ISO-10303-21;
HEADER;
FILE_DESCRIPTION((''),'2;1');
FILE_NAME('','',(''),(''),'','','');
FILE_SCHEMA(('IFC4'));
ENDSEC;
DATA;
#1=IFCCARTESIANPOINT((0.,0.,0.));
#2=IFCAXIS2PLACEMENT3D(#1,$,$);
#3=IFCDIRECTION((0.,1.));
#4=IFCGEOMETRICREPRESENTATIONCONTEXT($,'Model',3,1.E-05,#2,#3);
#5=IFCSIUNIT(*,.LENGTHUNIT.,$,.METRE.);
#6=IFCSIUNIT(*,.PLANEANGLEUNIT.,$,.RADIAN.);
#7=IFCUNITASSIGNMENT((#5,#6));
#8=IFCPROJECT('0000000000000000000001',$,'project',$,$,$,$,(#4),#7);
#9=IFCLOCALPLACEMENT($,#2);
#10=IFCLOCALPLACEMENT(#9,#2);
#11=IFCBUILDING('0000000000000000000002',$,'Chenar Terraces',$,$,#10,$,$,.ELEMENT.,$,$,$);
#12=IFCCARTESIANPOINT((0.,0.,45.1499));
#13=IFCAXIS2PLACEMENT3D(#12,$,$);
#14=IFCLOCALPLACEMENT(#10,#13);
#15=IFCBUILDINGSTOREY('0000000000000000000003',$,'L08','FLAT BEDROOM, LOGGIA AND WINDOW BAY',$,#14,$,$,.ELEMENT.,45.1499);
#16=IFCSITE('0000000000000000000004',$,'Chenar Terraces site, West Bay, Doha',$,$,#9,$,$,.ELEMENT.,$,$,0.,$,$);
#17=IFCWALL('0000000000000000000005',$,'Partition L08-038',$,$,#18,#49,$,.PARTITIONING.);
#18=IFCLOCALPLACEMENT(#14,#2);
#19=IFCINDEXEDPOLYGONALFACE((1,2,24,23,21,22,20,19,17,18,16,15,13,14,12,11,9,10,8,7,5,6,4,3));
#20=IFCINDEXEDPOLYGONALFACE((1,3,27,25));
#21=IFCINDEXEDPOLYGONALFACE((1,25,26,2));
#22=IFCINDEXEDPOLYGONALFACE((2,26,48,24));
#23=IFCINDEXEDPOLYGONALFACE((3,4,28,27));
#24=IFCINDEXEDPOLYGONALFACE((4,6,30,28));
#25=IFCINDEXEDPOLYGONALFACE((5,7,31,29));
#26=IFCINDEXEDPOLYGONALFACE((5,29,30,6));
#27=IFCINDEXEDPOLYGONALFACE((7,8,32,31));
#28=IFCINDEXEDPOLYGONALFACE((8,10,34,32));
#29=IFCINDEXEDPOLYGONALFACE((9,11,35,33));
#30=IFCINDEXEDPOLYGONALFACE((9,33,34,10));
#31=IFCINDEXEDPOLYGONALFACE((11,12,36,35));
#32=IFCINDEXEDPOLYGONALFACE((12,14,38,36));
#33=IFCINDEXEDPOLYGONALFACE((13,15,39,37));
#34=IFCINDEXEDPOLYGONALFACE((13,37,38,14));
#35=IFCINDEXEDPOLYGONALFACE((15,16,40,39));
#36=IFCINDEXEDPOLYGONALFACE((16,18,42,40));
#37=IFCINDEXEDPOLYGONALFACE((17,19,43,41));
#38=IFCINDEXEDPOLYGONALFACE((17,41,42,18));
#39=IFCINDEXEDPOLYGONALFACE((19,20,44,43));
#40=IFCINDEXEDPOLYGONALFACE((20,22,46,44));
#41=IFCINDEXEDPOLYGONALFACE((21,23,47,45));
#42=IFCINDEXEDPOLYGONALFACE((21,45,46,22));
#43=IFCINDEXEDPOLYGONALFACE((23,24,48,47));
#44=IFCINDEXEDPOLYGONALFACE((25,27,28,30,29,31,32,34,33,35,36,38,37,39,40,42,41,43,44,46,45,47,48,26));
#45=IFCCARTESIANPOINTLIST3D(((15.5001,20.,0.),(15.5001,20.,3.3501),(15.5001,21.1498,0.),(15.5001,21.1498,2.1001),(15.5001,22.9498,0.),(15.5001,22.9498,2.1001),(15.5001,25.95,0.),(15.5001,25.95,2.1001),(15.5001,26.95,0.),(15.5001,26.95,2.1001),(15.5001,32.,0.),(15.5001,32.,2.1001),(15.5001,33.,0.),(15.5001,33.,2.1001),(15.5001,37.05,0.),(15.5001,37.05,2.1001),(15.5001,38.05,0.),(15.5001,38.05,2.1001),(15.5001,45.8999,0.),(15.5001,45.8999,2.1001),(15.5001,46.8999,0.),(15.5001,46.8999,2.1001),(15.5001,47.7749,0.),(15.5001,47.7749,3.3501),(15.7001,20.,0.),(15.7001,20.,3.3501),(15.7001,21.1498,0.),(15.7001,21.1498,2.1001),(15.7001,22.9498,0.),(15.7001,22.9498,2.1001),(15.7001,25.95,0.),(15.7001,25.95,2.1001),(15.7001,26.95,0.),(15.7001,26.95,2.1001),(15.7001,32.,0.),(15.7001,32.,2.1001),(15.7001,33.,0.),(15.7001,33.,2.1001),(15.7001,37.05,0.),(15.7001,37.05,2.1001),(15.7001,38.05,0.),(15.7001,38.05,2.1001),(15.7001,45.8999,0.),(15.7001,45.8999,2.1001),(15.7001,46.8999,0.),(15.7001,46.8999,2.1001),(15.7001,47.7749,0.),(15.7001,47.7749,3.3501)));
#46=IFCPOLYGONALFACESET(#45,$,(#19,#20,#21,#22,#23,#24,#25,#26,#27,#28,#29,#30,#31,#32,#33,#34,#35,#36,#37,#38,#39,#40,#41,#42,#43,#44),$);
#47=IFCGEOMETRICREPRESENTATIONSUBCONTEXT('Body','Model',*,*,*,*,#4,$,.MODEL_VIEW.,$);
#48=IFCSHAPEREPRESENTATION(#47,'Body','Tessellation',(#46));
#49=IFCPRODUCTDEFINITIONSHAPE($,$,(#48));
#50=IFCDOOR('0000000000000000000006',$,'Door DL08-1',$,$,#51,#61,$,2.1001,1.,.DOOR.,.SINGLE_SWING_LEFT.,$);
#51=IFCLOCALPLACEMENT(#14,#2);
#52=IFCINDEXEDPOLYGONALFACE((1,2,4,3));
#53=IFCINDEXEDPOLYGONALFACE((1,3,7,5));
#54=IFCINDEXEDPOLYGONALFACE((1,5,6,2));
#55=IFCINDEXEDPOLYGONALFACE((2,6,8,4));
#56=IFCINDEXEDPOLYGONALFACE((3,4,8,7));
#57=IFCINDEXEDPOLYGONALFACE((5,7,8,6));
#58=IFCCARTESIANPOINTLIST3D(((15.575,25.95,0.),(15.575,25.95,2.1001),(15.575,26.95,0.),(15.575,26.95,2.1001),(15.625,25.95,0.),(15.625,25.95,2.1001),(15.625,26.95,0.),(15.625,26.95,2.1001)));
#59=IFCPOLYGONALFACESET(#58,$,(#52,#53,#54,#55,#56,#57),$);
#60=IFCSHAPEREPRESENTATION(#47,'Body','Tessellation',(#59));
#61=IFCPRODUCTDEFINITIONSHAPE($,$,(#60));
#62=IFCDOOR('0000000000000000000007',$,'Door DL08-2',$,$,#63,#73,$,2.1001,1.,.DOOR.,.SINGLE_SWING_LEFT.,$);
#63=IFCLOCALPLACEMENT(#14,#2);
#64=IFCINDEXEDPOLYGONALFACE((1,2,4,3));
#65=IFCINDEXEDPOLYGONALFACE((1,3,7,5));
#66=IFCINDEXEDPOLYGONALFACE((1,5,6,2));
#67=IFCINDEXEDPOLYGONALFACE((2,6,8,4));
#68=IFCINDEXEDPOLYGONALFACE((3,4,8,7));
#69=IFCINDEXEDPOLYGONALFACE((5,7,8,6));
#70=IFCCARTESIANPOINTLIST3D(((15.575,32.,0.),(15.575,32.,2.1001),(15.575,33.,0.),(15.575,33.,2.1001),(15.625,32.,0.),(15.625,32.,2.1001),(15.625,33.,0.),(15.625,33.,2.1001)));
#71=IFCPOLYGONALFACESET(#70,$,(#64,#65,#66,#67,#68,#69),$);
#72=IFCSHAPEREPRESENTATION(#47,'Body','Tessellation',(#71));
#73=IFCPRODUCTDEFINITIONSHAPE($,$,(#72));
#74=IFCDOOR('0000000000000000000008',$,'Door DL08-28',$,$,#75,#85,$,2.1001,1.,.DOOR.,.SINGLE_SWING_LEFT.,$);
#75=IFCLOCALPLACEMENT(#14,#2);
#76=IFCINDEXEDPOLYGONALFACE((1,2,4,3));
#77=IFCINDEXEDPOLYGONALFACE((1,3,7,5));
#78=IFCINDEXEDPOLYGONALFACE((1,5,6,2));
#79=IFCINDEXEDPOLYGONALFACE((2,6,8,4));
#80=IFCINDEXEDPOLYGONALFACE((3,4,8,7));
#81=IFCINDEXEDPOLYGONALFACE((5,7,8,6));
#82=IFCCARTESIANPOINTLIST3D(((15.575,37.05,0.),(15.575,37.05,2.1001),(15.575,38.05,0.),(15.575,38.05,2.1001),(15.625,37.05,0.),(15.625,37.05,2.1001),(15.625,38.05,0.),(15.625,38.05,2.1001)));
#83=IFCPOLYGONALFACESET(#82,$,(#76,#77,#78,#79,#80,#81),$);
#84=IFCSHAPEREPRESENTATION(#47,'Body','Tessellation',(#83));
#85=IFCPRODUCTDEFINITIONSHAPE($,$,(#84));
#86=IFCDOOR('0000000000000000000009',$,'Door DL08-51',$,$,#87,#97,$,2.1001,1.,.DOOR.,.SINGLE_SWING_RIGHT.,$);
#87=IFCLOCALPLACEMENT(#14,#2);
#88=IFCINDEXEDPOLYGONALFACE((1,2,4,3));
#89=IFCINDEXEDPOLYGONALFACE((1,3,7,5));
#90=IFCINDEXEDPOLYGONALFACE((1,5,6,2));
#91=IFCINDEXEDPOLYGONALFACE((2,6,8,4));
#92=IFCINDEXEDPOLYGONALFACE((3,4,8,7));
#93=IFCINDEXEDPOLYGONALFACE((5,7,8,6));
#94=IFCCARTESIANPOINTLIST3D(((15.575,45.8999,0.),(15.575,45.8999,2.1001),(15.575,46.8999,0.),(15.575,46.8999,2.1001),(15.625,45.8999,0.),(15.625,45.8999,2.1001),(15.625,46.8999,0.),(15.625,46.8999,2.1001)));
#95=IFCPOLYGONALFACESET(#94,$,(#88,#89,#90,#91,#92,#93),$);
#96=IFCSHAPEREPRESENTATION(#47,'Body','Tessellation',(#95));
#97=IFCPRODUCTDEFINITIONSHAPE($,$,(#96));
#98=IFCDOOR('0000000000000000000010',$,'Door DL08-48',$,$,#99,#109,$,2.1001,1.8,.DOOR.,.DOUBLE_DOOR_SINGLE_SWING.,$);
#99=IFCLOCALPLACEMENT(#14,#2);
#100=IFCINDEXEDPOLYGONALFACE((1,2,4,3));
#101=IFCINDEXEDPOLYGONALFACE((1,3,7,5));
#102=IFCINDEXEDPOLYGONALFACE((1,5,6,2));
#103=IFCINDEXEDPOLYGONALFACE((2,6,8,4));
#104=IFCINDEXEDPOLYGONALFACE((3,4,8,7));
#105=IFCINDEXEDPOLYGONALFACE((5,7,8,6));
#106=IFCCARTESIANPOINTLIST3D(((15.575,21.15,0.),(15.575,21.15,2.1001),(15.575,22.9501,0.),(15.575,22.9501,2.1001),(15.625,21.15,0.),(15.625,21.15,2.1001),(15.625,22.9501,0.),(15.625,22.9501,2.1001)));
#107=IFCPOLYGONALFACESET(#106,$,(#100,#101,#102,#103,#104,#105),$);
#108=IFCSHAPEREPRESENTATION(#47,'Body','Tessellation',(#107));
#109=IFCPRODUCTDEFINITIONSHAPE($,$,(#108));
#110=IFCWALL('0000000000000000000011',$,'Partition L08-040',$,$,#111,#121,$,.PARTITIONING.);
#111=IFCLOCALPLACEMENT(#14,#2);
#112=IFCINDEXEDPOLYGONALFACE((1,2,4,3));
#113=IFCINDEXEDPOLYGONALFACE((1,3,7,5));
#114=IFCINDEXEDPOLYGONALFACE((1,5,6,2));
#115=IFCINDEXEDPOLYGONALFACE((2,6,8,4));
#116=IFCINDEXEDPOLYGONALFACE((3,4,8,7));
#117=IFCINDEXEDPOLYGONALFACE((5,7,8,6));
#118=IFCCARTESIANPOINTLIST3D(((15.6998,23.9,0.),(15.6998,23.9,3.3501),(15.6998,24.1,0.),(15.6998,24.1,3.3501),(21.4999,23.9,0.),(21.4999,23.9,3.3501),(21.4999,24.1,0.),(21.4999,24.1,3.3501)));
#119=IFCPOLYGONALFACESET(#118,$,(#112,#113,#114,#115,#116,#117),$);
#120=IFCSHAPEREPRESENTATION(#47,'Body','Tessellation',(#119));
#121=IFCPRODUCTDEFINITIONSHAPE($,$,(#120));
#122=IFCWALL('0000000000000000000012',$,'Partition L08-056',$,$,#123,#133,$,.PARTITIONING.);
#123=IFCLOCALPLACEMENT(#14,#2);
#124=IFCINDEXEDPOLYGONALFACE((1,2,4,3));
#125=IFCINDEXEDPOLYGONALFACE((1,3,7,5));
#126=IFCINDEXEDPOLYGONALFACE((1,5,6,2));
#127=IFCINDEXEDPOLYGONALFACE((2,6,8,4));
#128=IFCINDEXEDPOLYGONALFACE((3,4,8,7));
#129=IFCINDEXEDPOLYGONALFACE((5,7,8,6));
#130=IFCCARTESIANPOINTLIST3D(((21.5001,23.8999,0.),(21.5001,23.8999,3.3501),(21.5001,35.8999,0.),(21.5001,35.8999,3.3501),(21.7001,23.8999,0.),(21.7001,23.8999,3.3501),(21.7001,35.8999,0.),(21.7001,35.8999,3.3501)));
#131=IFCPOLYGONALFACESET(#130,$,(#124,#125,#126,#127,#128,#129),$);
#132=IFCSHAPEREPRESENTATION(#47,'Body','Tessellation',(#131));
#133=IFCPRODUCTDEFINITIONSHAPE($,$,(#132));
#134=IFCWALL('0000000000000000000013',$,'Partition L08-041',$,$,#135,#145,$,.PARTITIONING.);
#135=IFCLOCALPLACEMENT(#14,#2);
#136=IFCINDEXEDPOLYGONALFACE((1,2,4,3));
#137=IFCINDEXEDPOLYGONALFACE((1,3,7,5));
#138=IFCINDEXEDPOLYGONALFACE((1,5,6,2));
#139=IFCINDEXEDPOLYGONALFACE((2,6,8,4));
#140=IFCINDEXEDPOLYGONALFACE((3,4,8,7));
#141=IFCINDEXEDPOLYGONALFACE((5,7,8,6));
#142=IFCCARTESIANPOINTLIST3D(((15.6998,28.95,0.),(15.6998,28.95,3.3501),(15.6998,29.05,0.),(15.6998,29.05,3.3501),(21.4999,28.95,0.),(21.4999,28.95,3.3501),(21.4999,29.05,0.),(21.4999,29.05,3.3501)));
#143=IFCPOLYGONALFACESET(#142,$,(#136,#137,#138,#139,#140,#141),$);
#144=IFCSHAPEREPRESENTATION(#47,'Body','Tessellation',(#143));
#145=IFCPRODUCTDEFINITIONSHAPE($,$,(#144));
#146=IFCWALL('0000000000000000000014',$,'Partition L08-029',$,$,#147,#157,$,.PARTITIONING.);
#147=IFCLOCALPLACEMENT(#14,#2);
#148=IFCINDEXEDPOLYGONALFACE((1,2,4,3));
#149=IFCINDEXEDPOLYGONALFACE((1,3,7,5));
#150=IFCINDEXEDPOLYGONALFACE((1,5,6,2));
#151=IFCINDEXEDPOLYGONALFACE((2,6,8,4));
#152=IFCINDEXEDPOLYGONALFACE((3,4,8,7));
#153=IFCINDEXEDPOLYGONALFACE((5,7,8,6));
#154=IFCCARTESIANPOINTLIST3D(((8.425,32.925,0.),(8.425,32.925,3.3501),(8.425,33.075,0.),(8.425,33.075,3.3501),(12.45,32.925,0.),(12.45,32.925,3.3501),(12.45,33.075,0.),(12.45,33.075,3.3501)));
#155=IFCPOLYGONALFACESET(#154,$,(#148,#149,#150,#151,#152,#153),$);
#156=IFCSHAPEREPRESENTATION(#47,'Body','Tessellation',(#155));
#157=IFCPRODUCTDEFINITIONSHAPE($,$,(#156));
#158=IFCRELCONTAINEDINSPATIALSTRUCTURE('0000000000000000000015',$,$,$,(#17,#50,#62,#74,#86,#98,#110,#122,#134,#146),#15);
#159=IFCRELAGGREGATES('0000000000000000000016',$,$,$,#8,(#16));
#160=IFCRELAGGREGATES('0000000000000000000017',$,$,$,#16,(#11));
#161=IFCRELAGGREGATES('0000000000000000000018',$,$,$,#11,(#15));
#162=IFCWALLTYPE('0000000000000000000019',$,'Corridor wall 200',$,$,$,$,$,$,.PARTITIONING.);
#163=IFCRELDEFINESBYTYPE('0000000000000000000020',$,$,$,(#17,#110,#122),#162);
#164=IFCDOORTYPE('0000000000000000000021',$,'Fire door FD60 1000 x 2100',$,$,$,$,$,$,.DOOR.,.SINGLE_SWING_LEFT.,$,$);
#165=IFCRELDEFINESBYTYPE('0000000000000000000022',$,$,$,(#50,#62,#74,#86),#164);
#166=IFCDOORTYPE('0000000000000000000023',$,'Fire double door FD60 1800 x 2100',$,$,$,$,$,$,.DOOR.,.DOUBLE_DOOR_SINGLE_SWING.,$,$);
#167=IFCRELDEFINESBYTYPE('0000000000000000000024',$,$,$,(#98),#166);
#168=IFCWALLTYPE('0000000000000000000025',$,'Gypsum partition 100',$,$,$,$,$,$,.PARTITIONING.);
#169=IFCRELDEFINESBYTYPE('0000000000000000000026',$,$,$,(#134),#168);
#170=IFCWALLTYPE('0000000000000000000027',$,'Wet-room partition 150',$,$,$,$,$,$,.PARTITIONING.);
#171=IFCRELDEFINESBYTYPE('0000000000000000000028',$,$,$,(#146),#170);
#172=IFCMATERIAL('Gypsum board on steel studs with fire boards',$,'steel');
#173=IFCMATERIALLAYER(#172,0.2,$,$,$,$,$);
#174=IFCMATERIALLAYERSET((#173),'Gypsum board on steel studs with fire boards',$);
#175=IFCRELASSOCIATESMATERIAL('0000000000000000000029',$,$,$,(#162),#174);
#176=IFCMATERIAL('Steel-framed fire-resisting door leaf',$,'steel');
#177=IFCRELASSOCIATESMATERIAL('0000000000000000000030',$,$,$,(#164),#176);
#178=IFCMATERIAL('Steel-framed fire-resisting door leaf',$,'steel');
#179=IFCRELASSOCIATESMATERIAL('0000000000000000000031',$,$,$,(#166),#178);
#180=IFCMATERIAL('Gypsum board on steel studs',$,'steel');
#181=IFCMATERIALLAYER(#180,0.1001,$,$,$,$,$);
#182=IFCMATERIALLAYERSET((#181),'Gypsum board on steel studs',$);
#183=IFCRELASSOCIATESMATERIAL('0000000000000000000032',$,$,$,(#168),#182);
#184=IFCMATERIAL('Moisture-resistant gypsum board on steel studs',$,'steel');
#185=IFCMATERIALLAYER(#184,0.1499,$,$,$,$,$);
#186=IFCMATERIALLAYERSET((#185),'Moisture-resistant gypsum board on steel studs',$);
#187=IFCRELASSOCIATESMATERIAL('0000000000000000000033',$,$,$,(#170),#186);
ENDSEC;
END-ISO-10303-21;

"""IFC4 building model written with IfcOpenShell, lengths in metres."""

from ifc_helpers import new_model, si_unit, direction, frame, frame_2d, origin, place, context, subcontext, project, spatial, rectangle, extrude, material, layer, layer_set, type_object, element, fill, save


model = new_model("IFC4")

# Units and contexts
model_context = context("Model", 3, precision=1e-05, world=origin(), true_north=direction((0.0, 1.0)))
body_context = subcontext(model_context, "Body", "Model", "MODEL_VIEW")
ifc_project = project(units=[si_unit("LENGTHUNIT", "METRE"), si_unit("PLANEANGLEUNIT", "RADIAN")], contexts=[model_context])

# Site, building, storey
site_placement = place(None, origin())
site = spatial("IfcSite", under=ifc_project, at=site_placement, Name="Chenar Terraces site, West Bay, Doha", CompositionType="ELEMENT", RefElevation=0.0)
building_placement = place(site_placement, origin())
building = spatial("IfcBuilding", under=site, at=building_placement, Name="Chenar Terraces", CompositionType="ELEMENT")
storey_placement = place(building_placement, frame((0.0, 0.0, 45.1499)))
storey = spatial("IfcBuildingStorey", under=building, at=storey_placement, Name="L08", Description="FLAT BEDROOM, LOGGIA AND WINDOW BAY", CompositionType="ELEMENT", Elevation=45.1499)

# Wall, openings, doors
ifc_material_1 = material(Name="Gypsum board on steel studs with fire boards", Category="steel")
ifc_layer_1 = layer(ifc_material_1, 0.2)
ifc_layer_set_1 = layer_set([ifc_layer_1], Name="Gypsum board on steel studs with fire boards")
wall_type_1 = type_object("IfcWallType", Name="Corridor wall 200", PredefinedType="PARTITIONING", material=ifc_layer_set_1)
wall_1_placement = place(storey_placement, frame((15.6001, 20.0, 0.0), z_axis=(0.0, 0.0, 1.0), x_axis=(0.0, 1.0, 0.0)))
wall_1 = element("IfcWall", 1, at=wall_1_placement, inside=storey, type_object=wall_type_1, Name="Partition L08-038", PredefinedType="PARTITIONING", context=body_context, shape_type="SweptSolid", body=[
    extrude(rectangle(XDim=27.7749, YDim=0.2, at=frame_2d((13.8875, 0.0))), origin(), (0.0, 0.0, 1.0), 3.3501),
])
opening_1_placement = place(wall_1_placement, frame((5.95, 0.0, 0.0)))
opening_1 = element("IfcOpeningElement", 2, at=opening_1_placement, cuts=wall_1, PredefinedType="OPENING", context=body_context, shape_type="SweptSolid", body=[
    extrude(rectangle(XDim=1.0, YDim=2.1001, at=frame_2d((0.5, 1.05))), frame((0.0, 0.1099, 0.0), z_axis=(0.0, -1.0, 0.0), x_axis=(1.0, 0.0, 0.0)), (0.0, 0.0, 1.0), 0.22),
])
opening_2_placement = place(wall_1_placement, frame((12.0, 0.0, 0.0)))
opening_2 = element("IfcOpeningElement", 3, at=opening_2_placement, cuts=wall_1, PredefinedType="OPENING", context=body_context, shape_type="SweptSolid", body=[
    extrude(rectangle(XDim=1.0, YDim=2.1001, at=frame_2d((0.5, 1.05))), frame((0.0, 0.1099, 0.0), z_axis=(0.0, -1.0, 0.0), x_axis=(1.0, 0.0, 0.0)), (0.0, 0.0, 1.0), 0.22),
])
opening_3_placement = place(wall_1_placement, frame((17.05, 0.0, 0.0)))
opening_3 = element("IfcOpeningElement", 4, at=opening_3_placement, cuts=wall_1, PredefinedType="OPENING", context=body_context, shape_type="SweptSolid", body=[
    extrude(rectangle(XDim=1.0, YDim=2.1001, at=frame_2d((0.5, 1.05))), frame((0.0, 0.1099, 0.0), z_axis=(0.0, -1.0, 0.0), x_axis=(1.0, 0.0, 0.0)), (0.0, 0.0, 1.0), 0.22),
])
opening_4_placement = place(wall_1_placement, frame((1.1499, 0.0, 0.0)))
opening_4 = element("IfcOpeningElement", 5, at=opening_4_placement, cuts=wall_1, PredefinedType="OPENING", context=body_context, shape_type="SweptSolid", body=[
    extrude(rectangle(XDim=1.8, YDim=2.1001, at=frame_2d((0.8999, 1.05))), frame((0.0, 0.1099, 0.0), z_axis=(0.0, -1.0, 0.0), x_axis=(1.0, 0.0, 0.0)), (0.0, 0.0, 1.0), 0.22),
])
opening_5_placement = place(wall_1_placement, frame((25.8999, 0.0, 0.0)))
opening_5 = element("IfcOpeningElement", 6, at=opening_5_placement, cuts=wall_1, PredefinedType="OPENING", context=body_context, shape_type="SweptSolid", body=[
    extrude(rectangle(XDim=1.0, YDim=2.1001, at=frame_2d((0.5, 1.05))), frame((0.0, 0.1099, 0.0), z_axis=(0.0, -1.0, 0.0), x_axis=(1.0, 0.0, 0.0)), (0.0, 0.0, 1.0), 0.22),
])
ifc_material_2 = material(Name="Steel-framed fire-resisting door leaf", Category="steel")
door_type_1 = type_object("IfcDoorType", Name="Fire door FD60 1000 x 2100", OperationType="SINGLE_SWING_LEFT", PredefinedType="DOOR", material=ifc_material_2)
door_1_placement = place(opening_1_placement, frame((1.0, 0.0, 0.0), z_axis=(0.0, 0.0, 1.0), x_axis=(-1.0, 0.0, 0.0)))
door_1 = element("IfcDoor", 7, at=door_1_placement, inside=storey, type_object=door_type_1, Name="Door DL08-1", OperationType="SINGLE_SWING_LEFT", OverallHeight=2.1001, OverallWidth=1.0, PredefinedType="DOOR", context=body_context, shape_type="SweptSolid", body=[
    extrude(rectangle(XDim=1.0, YDim=2.1001, at=frame_2d((0.5, 1.05))), frame((0.0, 0.0249, 0.0), z_axis=(0.0, -1.0, 0.0), x_axis=(1.0, 0.0, 0.0)), (0.0, 0.0, 1.0), 0.05),
])
fill(opening_1, door_1)
door_2_placement = place(opening_2_placement, frame((1.0, 0.0, 0.0), z_axis=(0.0, 0.0, 1.0), x_axis=(-1.0, 0.0, 0.0)))
door_2 = element("IfcDoor", 8, at=door_2_placement, inside=storey, type_object=door_type_1, Name="Door DL08-2", OperationType="SINGLE_SWING_LEFT", OverallHeight=2.1001, OverallWidth=1.0, PredefinedType="DOOR", context=body_context, shape_type="SweptSolid", body=[
    extrude(rectangle(XDim=1.0, YDim=2.1001, at=frame_2d((0.5, 1.05))), frame((0.0, 0.0249, 0.0), z_axis=(0.0, -1.0, 0.0), x_axis=(1.0, 0.0, 0.0)), (0.0, 0.0, 1.0), 0.05),
])
fill(opening_2, door_2)
door_3_placement = place(opening_3_placement, frame((1.0, 0.0, 0.0), z_axis=(0.0, 0.0, 1.0), x_axis=(-1.0, 0.0, 0.0)))
door_3 = element("IfcDoor", 9, at=door_3_placement, inside=storey, type_object=door_type_1, Name="Door DL08-28", OperationType="SINGLE_SWING_LEFT", OverallHeight=2.1001, OverallWidth=1.0, PredefinedType="DOOR", context=body_context, shape_type="SweptSolid", body=[
    extrude(rectangle(XDim=1.0, YDim=2.1001, at=frame_2d((0.5, 1.05))), frame((0.0, 0.0249, 0.0), z_axis=(0.0, -1.0, 0.0), x_axis=(1.0, 0.0, 0.0)), (0.0, 0.0, 1.0), 0.05),
])
fill(opening_3, door_3)
door_4_placement = place(opening_5_placement, frame((1.0, 0.0, 0.0), z_axis=(0.0, 0.0, 1.0), x_axis=(-1.0, 0.0, 0.0)))
door_4 = element("IfcDoor", 10, at=door_4_placement, inside=storey, type_object=door_type_1, Name="Door DL08-51", OperationType="SINGLE_SWING_RIGHT", OverallHeight=2.1001, OverallWidth=1.0, PredefinedType="DOOR", context=body_context, shape_type="SweptSolid", body=[
    extrude(rectangle(XDim=1.0, YDim=2.1001, at=frame_2d((0.5, 1.05))), frame((0.0, 0.0249, 0.0), z_axis=(0.0, -1.0, 0.0), x_axis=(1.0, 0.0, 0.0)), (0.0, 0.0, 1.0), 0.05),
])
fill(opening_5, door_4)
ifc_material_3 = material(Name="Steel-framed fire-resisting door leaf", Category="steel")
door_type_2 = type_object("IfcDoorType", Name="Fire double door FD60 1800 x 2100", OperationType="DOUBLE_DOOR_SINGLE_SWING", PredefinedType="DOOR", material=ifc_material_3)
door_5_placement = place(opening_4_placement, frame((1.8, 0.0, 0.0), z_axis=(0.0, 0.0, 1.0), x_axis=(-1.0, 0.0, 0.0)))
door_5 = element("IfcDoor", 11, at=door_5_placement, inside=storey, type_object=door_type_2, Name="Door DL08-48", OperationType="DOUBLE_DOOR_SINGLE_SWING", OverallHeight=2.1001, OverallWidth=1.8, PredefinedType="DOOR", context=body_context, shape_type="SweptSolid", body=[
    extrude(rectangle(XDim=1.8, YDim=2.1001, at=frame_2d((0.8999, 1.05))), frame((0.0, 0.0249, 0.0), z_axis=(0.0, -1.0, 0.0), x_axis=(1.0, 0.0, 0.0)), (0.0, 0.0, 1.0), 0.05),
])
fill(opening_4, door_5)

# Walls
wall_2_placement = place(storey_placement, frame((15.7, 24.0, 0.0), z_axis=(0.0, 0.0, 1.0), x_axis=(1.0, 0.0, 0.0)))
element("IfcWall", 12, at=wall_2_placement, inside=storey, type_object=wall_type_1, Name="Partition L08-040", PredefinedType="PARTITIONING", context=body_context, shape_type="SweptSolid", body=[
    extrude(rectangle(XDim=5.8, YDim=0.2, at=frame_2d((2.8999, 0.0))), origin(), (0.0, 0.0, 1.0), 3.3501),
])
wall_3_placement = place(storey_placement, frame((21.6001, 23.8999, 0.0), z_axis=(0.0, 0.0, 1.0), x_axis=(0.0, 1.0, 0.0)))
element("IfcWall", 13, at=wall_3_placement, inside=storey, type_object=wall_type_1, Name="Partition L08-056", PredefinedType="PARTITIONING", context=body_context, shape_type="SweptSolid", body=[
    extrude(rectangle(XDim=12.0, YDim=0.2, at=frame_2d((6.0, 0.0))), origin(), (0.0, 0.0, 1.0), 3.3501),
])
ifc_material_4 = material(Name="Gypsum board on steel studs", Category="steel")
ifc_layer_2 = layer(ifc_material_4, 0.1001)
ifc_layer_set_2 = layer_set([ifc_layer_2], Name="Gypsum board on steel studs")
wall_type_2 = type_object("IfcWallType", Name="Gypsum partition 100", PredefinedType="PARTITIONING", material=ifc_layer_set_2)
wall_4_placement = place(storey_placement, frame((15.7, 29.0, 0.0), z_axis=(0.0, 0.0, 1.0), x_axis=(1.0, 0.0, 0.0)))
element("IfcWall", 14, at=wall_4_placement, inside=storey, type_object=wall_type_2, Name="Partition L08-041", PredefinedType="PARTITIONING", context=body_context, shape_type="SweptSolid", body=[
    extrude(rectangle(XDim=5.8, YDim=0.1001, at=frame_2d((2.8999, 0.0))), origin(), (0.0, 0.0, 1.0), 3.3501),
])
ifc_material_5 = material(Name="Moisture-resistant gypsum board on steel studs", Category="steel")
ifc_layer_3 = layer(ifc_material_5, 0.1499)
ifc_layer_set_3 = layer_set([ifc_layer_3], Name="Moisture-resistant gypsum board on steel studs")
wall_type_3 = type_object("IfcWallType", Name="Wet-room partition 150", PredefinedType="PARTITIONING", material=ifc_layer_set_3)
wall_5_placement = place(storey_placement, frame((8.425, 33.0, 0.0), z_axis=(0.0, 0.0, 1.0), x_axis=(1.0, 0.0, 0.0)))
element("IfcWall", 15, at=wall_5_placement, inside=storey, type_object=wall_type_3, Name="Partition L08-029", PredefinedType="PARTITIONING", context=body_context, shape_type="SweptSolid", body=[
    extrude(rectangle(XDim=4.0249, YDim=0.1499, at=frame_2d((2.0125, 0.0))), origin(), (0.0, 0.0, 1.0), 3.3501),
])

save(model, "model.ifc")
